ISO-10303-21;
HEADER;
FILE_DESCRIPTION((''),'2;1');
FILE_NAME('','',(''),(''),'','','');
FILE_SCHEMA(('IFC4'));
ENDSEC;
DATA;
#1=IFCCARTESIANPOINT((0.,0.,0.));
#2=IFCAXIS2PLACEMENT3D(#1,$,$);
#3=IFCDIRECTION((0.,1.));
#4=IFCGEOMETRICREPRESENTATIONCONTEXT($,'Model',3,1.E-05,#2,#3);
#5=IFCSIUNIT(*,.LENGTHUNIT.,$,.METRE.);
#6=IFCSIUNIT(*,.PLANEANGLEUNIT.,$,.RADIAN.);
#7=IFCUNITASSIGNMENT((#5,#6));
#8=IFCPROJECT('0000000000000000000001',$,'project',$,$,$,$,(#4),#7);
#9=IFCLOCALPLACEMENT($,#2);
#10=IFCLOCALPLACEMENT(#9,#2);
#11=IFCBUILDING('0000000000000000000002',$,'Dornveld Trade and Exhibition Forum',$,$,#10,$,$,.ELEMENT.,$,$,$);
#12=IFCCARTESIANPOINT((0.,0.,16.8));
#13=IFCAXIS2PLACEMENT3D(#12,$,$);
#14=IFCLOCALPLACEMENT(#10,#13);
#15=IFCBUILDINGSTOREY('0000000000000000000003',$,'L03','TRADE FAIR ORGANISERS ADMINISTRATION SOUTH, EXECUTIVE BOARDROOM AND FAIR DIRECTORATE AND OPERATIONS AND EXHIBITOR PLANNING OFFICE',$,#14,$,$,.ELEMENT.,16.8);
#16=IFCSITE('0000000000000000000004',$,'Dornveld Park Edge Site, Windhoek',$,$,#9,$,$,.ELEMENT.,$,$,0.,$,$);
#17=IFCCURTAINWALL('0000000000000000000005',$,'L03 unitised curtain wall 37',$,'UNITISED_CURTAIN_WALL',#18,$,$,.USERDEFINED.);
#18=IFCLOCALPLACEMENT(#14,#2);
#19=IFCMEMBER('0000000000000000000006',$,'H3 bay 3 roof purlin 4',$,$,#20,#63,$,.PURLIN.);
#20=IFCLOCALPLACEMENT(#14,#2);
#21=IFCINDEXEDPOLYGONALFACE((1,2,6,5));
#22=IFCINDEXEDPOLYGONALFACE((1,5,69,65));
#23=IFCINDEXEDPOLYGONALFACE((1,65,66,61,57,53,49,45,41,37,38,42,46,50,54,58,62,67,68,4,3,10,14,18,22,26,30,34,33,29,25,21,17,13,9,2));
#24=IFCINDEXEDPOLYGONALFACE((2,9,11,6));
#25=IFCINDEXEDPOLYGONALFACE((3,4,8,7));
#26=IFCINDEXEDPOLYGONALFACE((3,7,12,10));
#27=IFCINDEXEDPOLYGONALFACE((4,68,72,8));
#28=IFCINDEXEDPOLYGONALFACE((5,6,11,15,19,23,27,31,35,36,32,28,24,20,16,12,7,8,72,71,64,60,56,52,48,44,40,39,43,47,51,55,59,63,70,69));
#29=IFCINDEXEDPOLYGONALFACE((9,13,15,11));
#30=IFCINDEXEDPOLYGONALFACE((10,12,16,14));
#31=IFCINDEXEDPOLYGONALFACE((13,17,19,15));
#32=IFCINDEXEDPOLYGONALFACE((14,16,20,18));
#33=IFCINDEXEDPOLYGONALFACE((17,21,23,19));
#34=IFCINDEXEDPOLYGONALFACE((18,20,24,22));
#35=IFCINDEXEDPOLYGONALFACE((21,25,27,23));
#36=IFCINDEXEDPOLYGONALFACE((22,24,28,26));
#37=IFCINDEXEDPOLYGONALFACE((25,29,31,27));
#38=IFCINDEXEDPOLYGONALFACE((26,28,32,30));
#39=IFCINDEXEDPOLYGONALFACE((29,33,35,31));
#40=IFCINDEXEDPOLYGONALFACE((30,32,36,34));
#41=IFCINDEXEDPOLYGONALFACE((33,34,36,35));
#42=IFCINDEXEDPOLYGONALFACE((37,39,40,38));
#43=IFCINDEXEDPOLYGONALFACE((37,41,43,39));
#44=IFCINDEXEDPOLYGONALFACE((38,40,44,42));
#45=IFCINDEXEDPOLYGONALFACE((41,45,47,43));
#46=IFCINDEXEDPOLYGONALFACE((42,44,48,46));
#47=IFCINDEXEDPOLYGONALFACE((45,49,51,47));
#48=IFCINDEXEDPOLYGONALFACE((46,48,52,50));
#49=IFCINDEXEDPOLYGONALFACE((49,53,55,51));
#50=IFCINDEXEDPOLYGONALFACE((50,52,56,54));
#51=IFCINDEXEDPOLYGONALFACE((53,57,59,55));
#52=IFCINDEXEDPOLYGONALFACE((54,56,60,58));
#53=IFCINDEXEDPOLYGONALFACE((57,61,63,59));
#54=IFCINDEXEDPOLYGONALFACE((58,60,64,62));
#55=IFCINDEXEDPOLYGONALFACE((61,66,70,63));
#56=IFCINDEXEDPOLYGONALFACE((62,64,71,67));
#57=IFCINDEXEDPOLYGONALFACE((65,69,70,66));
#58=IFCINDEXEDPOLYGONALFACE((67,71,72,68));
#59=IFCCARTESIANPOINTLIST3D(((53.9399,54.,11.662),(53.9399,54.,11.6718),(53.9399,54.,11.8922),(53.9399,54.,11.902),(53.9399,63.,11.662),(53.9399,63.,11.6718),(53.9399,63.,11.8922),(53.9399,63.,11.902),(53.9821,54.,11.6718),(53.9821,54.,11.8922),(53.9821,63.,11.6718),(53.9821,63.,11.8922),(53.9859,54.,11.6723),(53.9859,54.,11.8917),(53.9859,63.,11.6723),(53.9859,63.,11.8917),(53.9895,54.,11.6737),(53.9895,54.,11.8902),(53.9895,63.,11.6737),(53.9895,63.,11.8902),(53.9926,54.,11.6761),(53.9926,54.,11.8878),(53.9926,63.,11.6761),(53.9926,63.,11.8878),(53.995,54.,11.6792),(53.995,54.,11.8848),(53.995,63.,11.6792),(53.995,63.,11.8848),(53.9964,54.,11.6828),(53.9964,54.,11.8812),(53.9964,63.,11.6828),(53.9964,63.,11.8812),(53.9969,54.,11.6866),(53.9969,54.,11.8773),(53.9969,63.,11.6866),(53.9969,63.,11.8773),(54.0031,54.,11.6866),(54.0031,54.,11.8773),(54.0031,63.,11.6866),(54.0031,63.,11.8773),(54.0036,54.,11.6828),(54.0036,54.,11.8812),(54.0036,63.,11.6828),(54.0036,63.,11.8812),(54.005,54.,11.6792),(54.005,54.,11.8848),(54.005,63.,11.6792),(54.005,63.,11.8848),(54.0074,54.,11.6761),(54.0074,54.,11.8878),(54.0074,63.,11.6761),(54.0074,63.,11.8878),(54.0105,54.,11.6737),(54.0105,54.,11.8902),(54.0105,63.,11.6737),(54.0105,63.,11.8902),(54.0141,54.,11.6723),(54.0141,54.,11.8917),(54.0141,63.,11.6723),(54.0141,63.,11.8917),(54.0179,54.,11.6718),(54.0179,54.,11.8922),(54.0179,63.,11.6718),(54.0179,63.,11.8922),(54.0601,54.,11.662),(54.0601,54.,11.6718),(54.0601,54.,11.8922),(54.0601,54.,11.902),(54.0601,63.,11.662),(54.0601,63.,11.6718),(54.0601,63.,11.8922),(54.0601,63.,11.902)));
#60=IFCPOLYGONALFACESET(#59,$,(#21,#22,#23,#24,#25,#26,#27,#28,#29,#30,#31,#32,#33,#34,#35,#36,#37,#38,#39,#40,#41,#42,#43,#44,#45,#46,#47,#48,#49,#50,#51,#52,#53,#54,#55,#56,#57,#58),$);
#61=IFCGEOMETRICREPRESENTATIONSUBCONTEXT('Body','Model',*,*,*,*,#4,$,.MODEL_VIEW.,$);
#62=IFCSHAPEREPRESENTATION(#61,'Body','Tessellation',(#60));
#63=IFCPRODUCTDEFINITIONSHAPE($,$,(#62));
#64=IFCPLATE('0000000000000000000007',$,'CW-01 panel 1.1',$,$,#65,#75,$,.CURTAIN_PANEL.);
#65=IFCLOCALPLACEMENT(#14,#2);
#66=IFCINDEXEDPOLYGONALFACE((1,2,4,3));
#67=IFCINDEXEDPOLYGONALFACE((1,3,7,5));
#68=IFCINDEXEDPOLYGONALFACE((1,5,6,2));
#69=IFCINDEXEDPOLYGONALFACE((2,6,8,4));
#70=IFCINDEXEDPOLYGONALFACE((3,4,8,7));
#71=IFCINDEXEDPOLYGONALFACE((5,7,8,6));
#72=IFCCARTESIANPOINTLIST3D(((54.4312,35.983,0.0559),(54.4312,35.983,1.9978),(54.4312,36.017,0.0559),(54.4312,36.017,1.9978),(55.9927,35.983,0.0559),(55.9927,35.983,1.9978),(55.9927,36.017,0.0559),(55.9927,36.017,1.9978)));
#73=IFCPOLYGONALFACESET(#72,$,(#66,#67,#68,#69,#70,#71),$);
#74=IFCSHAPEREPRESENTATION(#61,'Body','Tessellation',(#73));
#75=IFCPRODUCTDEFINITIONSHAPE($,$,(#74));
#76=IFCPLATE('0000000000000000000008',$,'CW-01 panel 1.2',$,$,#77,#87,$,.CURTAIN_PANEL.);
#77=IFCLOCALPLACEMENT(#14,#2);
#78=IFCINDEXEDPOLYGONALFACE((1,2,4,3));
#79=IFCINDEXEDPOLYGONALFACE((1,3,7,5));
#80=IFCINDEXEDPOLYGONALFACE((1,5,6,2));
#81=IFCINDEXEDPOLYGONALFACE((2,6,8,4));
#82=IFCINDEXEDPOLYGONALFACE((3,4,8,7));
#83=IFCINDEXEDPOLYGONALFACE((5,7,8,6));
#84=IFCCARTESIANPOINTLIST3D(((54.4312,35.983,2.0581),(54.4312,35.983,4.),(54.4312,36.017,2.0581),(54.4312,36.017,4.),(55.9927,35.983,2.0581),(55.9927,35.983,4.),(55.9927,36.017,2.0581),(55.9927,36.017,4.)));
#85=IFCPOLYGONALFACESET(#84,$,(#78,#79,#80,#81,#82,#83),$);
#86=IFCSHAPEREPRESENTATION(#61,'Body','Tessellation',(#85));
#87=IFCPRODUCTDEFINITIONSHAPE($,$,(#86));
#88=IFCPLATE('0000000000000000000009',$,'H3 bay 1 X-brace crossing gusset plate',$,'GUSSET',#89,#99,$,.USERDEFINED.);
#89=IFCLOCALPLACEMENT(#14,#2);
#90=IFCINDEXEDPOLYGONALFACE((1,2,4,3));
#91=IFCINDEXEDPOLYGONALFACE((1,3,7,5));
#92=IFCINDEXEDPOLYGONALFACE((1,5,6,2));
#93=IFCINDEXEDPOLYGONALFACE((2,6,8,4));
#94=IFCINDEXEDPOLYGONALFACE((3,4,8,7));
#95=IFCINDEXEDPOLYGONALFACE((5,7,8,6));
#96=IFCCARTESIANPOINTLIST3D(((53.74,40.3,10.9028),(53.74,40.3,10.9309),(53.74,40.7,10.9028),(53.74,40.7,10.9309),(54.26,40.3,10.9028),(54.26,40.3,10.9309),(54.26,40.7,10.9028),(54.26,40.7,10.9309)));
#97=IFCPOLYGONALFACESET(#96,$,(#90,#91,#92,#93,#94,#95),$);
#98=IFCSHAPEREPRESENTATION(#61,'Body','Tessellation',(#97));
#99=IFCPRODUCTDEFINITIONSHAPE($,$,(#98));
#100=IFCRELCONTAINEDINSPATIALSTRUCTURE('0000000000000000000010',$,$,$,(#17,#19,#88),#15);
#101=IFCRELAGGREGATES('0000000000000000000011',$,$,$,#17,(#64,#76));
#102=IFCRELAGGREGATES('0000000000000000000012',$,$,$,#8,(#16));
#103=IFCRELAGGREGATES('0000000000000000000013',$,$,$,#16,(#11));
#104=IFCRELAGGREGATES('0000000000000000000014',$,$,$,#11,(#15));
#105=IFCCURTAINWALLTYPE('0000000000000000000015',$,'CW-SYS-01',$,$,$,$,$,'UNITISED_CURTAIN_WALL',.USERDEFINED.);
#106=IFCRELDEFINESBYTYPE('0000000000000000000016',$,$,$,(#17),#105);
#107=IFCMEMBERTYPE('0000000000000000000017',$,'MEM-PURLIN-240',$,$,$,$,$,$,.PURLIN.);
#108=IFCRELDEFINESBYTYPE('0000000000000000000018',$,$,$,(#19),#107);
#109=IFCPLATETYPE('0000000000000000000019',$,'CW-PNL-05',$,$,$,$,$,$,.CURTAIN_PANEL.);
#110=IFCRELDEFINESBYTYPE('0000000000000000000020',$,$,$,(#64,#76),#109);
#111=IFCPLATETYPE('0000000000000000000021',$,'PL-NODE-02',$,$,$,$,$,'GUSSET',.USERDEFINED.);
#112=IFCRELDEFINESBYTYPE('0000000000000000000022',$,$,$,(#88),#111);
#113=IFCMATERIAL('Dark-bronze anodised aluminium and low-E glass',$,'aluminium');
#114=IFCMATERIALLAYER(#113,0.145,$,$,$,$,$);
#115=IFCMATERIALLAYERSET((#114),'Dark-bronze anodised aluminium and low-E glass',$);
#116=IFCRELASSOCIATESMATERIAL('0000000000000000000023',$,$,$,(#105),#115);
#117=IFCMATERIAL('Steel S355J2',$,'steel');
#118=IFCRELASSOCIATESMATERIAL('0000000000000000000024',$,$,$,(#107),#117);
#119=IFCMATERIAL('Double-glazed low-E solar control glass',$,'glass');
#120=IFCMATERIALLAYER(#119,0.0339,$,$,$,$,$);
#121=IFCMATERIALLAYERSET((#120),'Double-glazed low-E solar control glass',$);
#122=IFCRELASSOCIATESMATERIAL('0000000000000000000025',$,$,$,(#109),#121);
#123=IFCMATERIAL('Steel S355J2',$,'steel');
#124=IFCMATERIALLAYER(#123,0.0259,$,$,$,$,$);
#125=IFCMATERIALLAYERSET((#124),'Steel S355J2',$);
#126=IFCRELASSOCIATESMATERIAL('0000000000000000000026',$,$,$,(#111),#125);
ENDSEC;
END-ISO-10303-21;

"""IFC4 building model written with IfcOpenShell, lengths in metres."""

from ifc_helpers import new_model, si_unit, direction, frame, origin, origin_2d, place, context, subcontext, project, spatial, rectangle, i_section, extrude, material, layer, layer_set, material_profile, profile_set, type_object, element, aggregate, save


model = new_model("IFC4")

# Units and contexts
model_context = context("Model", 3, precision=1e-05, world=origin(), true_north=direction((0.0, 1.0)))
body_context = subcontext(model_context, "Body", "Model", "MODEL_VIEW")
ifc_project = project(units=[si_unit("LENGTHUNIT", "METRE"), si_unit("PLANEANGLEUNIT", "RADIAN")], contexts=[model_context])

# Site, building, storey
site_placement = place(None, origin())
site = spatial("IfcSite", under=ifc_project, at=site_placement, Name="Dornveld Park Edge Site, Windhoek", CompositionType="ELEMENT", RefElevation=0.0)
building_placement = place(site_placement, origin())
building = spatial("IfcBuilding", under=site, at=building_placement, Name="Dornveld Trade and Exhibition Forum", CompositionType="ELEMENT")
storey_placement = place(building_placement, frame((0.0, 0.0, 16.8)))
storey = spatial("IfcBuildingStorey", under=building, at=storey_placement, Name="L03", Description="TRADE FAIR ORGANISERS ADMINISTRATION SOUTH, EXECUTIVE BOARDROOM AND FAIR DIRECTORATE AND OPERATIONS AND EXHIBITOR PLANNING OFFICE", CompositionType="ELEMENT", Elevation=16.8)

# Curtain wall
ifc_material_1 = material(Name="Dark-bronze anodised aluminium and low-E glass", Category="aluminium")
ifc_layer_1 = layer(ifc_material_1, 0.145)
ifc_layer_set_1 = layer_set([ifc_layer_1], Name="Dark-bronze anodised aluminium and low-E glass")
curtain_wall_type = type_object("IfcCurtainWallType", Name="CW-SYS-01", ElementType="UNITISED_CURTAIN_WALL", PredefinedType="USERDEFINED", material=ifc_layer_set_1)
curtain_wall_placement = place(storey_placement, origin())
curtain_wall = element("IfcCurtainWall", 1, at=curtain_wall_placement, inside=storey, type_object=curtain_wall_type, Name="L03 unitised curtain wall 37", ObjectType="UNITISED_CURTAIN_WALL", PredefinedType="USERDEFINED")

# Member
ifc_material_2 = material(Name="Steel S355J2", Category="steel")
ifc_material_profile_1 = material_profile(ifc_material_2, i_section(OverallWidth=0.1201, OverallDepth=0.24, WebThickness=0.0061, FlangeThickness=0.0098, FilletRadius=0.0149, at=origin_2d()), Name="IPE 240")
ifc_profile_set_1 = profile_set([ifc_material_profile_1], Name="Steel S355J2")
member_type_1 = type_object("IfcMemberType", Name="MEM-PURLIN-240", PredefinedType="PURLIN", material=ifc_profile_set_1)
for number, where, z_axis, x_axis, name in (
    (2, (54.0, 54.0, 11.782), (0.0, 1.0, 0.0), (-1.0, 0.0, 0.0), "H3 bay 3 roof purlin 4"),
):
    element("IfcMember", number, at=place(storey_placement, frame(where, z_axis=z_axis, x_axis=x_axis)), inside=storey, type_object=member_type_1, Name=name, PredefinedType="PURLIN", context=body_context, shape_type="SweptSolid", body=[
        extrude(i_section(OverallWidth=0.1201, OverallDepth=0.24, WebThickness=0.0061, FlangeThickness=0.0098, FilletRadius=0.0149, at=origin_2d()), origin(), (0.0, 0.0, 1.0), 9.0),
    ])

# Plates
ifc_material_3 = material(Name="Double-glazed low-E solar control glass", Category="glass")
ifc_layer_2 = layer(ifc_material_3, 0.0339)
ifc_layer_set_2 = layer_set([ifc_layer_2], Name="Double-glazed low-E solar control glass")
plate_type_1 = type_object("IfcPlateType", Name="CW-PNL-05", PredefinedType="CURTAIN_PANEL", material=ifc_layer_set_2)
plate_1_placement = place(storey_placement, frame((55.2119, 36.0, 0.0559), z_axis=(0.0, 0.0, 1.0), x_axis=(1.0, 0.0, 0.0)))
plate_1 = element("IfcPlate", 3, at=plate_1_placement, type_object=plate_type_1, Name="CW-01 panel 1.1", PredefinedType="CURTAIN_PANEL", context=body_context, shape_type="SweptSolid", body=[
    extrude(rectangle(XDim=1.5615, YDim=0.0339, at=origin_2d()), origin(), (0.0, 0.0, 1.0), 1.9419),
])
plate_2_placement = place(storey_placement, frame((55.2119, 36.0, 2.0581), z_axis=(0.0, 0.0, 1.0), x_axis=(1.0, 0.0, 0.0)))
plate_2 = element("IfcPlate", 4, at=plate_2_placement, type_object=plate_type_1, Name="CW-01 panel 1.2", PredefinedType="CURTAIN_PANEL", context=body_context, shape_type="SweptSolid", body=[
    extrude(rectangle(XDim=1.5615, YDim=0.0339, at=origin_2d()), origin(), (0.0, 0.0, 1.0), 1.9419),
])
aggregate(curtain_wall, [plate_1, plate_2])
ifc_material_4 = material(Name="Steel S355J2", Category="steel")
ifc_layer_3 = layer(ifc_material_4, 0.0259)
ifc_layer_set_3 = layer_set([ifc_layer_3], Name="Steel S355J2")
plate_type_2 = type_object("IfcPlateType", Name="PL-NODE-02", ElementType="GUSSET", PredefinedType="USERDEFINED", material=ifc_layer_set_3)
plate_3_placement = place(storey_placement, frame((54.0, 40.5, 10.9028), z_axis=(0.0, 0.0, 1.0), x_axis=(1.0, 0.0, 0.0)))
element("IfcPlate", 5, at=plate_3_placement, inside=storey, type_object=plate_type_2, Name="H3 bay 1 X-brace crossing gusset plate", ObjectType="GUSSET", PredefinedType="USERDEFINED", context=body_context, shape_type="SweptSolid", body=[
    extrude(rectangle(XDim=0.52, YDim=0.3999, at=origin_2d()), origin(), (0.0, 0.0, 1.0), 0.0281),
])

save(model, "model.ifc")
